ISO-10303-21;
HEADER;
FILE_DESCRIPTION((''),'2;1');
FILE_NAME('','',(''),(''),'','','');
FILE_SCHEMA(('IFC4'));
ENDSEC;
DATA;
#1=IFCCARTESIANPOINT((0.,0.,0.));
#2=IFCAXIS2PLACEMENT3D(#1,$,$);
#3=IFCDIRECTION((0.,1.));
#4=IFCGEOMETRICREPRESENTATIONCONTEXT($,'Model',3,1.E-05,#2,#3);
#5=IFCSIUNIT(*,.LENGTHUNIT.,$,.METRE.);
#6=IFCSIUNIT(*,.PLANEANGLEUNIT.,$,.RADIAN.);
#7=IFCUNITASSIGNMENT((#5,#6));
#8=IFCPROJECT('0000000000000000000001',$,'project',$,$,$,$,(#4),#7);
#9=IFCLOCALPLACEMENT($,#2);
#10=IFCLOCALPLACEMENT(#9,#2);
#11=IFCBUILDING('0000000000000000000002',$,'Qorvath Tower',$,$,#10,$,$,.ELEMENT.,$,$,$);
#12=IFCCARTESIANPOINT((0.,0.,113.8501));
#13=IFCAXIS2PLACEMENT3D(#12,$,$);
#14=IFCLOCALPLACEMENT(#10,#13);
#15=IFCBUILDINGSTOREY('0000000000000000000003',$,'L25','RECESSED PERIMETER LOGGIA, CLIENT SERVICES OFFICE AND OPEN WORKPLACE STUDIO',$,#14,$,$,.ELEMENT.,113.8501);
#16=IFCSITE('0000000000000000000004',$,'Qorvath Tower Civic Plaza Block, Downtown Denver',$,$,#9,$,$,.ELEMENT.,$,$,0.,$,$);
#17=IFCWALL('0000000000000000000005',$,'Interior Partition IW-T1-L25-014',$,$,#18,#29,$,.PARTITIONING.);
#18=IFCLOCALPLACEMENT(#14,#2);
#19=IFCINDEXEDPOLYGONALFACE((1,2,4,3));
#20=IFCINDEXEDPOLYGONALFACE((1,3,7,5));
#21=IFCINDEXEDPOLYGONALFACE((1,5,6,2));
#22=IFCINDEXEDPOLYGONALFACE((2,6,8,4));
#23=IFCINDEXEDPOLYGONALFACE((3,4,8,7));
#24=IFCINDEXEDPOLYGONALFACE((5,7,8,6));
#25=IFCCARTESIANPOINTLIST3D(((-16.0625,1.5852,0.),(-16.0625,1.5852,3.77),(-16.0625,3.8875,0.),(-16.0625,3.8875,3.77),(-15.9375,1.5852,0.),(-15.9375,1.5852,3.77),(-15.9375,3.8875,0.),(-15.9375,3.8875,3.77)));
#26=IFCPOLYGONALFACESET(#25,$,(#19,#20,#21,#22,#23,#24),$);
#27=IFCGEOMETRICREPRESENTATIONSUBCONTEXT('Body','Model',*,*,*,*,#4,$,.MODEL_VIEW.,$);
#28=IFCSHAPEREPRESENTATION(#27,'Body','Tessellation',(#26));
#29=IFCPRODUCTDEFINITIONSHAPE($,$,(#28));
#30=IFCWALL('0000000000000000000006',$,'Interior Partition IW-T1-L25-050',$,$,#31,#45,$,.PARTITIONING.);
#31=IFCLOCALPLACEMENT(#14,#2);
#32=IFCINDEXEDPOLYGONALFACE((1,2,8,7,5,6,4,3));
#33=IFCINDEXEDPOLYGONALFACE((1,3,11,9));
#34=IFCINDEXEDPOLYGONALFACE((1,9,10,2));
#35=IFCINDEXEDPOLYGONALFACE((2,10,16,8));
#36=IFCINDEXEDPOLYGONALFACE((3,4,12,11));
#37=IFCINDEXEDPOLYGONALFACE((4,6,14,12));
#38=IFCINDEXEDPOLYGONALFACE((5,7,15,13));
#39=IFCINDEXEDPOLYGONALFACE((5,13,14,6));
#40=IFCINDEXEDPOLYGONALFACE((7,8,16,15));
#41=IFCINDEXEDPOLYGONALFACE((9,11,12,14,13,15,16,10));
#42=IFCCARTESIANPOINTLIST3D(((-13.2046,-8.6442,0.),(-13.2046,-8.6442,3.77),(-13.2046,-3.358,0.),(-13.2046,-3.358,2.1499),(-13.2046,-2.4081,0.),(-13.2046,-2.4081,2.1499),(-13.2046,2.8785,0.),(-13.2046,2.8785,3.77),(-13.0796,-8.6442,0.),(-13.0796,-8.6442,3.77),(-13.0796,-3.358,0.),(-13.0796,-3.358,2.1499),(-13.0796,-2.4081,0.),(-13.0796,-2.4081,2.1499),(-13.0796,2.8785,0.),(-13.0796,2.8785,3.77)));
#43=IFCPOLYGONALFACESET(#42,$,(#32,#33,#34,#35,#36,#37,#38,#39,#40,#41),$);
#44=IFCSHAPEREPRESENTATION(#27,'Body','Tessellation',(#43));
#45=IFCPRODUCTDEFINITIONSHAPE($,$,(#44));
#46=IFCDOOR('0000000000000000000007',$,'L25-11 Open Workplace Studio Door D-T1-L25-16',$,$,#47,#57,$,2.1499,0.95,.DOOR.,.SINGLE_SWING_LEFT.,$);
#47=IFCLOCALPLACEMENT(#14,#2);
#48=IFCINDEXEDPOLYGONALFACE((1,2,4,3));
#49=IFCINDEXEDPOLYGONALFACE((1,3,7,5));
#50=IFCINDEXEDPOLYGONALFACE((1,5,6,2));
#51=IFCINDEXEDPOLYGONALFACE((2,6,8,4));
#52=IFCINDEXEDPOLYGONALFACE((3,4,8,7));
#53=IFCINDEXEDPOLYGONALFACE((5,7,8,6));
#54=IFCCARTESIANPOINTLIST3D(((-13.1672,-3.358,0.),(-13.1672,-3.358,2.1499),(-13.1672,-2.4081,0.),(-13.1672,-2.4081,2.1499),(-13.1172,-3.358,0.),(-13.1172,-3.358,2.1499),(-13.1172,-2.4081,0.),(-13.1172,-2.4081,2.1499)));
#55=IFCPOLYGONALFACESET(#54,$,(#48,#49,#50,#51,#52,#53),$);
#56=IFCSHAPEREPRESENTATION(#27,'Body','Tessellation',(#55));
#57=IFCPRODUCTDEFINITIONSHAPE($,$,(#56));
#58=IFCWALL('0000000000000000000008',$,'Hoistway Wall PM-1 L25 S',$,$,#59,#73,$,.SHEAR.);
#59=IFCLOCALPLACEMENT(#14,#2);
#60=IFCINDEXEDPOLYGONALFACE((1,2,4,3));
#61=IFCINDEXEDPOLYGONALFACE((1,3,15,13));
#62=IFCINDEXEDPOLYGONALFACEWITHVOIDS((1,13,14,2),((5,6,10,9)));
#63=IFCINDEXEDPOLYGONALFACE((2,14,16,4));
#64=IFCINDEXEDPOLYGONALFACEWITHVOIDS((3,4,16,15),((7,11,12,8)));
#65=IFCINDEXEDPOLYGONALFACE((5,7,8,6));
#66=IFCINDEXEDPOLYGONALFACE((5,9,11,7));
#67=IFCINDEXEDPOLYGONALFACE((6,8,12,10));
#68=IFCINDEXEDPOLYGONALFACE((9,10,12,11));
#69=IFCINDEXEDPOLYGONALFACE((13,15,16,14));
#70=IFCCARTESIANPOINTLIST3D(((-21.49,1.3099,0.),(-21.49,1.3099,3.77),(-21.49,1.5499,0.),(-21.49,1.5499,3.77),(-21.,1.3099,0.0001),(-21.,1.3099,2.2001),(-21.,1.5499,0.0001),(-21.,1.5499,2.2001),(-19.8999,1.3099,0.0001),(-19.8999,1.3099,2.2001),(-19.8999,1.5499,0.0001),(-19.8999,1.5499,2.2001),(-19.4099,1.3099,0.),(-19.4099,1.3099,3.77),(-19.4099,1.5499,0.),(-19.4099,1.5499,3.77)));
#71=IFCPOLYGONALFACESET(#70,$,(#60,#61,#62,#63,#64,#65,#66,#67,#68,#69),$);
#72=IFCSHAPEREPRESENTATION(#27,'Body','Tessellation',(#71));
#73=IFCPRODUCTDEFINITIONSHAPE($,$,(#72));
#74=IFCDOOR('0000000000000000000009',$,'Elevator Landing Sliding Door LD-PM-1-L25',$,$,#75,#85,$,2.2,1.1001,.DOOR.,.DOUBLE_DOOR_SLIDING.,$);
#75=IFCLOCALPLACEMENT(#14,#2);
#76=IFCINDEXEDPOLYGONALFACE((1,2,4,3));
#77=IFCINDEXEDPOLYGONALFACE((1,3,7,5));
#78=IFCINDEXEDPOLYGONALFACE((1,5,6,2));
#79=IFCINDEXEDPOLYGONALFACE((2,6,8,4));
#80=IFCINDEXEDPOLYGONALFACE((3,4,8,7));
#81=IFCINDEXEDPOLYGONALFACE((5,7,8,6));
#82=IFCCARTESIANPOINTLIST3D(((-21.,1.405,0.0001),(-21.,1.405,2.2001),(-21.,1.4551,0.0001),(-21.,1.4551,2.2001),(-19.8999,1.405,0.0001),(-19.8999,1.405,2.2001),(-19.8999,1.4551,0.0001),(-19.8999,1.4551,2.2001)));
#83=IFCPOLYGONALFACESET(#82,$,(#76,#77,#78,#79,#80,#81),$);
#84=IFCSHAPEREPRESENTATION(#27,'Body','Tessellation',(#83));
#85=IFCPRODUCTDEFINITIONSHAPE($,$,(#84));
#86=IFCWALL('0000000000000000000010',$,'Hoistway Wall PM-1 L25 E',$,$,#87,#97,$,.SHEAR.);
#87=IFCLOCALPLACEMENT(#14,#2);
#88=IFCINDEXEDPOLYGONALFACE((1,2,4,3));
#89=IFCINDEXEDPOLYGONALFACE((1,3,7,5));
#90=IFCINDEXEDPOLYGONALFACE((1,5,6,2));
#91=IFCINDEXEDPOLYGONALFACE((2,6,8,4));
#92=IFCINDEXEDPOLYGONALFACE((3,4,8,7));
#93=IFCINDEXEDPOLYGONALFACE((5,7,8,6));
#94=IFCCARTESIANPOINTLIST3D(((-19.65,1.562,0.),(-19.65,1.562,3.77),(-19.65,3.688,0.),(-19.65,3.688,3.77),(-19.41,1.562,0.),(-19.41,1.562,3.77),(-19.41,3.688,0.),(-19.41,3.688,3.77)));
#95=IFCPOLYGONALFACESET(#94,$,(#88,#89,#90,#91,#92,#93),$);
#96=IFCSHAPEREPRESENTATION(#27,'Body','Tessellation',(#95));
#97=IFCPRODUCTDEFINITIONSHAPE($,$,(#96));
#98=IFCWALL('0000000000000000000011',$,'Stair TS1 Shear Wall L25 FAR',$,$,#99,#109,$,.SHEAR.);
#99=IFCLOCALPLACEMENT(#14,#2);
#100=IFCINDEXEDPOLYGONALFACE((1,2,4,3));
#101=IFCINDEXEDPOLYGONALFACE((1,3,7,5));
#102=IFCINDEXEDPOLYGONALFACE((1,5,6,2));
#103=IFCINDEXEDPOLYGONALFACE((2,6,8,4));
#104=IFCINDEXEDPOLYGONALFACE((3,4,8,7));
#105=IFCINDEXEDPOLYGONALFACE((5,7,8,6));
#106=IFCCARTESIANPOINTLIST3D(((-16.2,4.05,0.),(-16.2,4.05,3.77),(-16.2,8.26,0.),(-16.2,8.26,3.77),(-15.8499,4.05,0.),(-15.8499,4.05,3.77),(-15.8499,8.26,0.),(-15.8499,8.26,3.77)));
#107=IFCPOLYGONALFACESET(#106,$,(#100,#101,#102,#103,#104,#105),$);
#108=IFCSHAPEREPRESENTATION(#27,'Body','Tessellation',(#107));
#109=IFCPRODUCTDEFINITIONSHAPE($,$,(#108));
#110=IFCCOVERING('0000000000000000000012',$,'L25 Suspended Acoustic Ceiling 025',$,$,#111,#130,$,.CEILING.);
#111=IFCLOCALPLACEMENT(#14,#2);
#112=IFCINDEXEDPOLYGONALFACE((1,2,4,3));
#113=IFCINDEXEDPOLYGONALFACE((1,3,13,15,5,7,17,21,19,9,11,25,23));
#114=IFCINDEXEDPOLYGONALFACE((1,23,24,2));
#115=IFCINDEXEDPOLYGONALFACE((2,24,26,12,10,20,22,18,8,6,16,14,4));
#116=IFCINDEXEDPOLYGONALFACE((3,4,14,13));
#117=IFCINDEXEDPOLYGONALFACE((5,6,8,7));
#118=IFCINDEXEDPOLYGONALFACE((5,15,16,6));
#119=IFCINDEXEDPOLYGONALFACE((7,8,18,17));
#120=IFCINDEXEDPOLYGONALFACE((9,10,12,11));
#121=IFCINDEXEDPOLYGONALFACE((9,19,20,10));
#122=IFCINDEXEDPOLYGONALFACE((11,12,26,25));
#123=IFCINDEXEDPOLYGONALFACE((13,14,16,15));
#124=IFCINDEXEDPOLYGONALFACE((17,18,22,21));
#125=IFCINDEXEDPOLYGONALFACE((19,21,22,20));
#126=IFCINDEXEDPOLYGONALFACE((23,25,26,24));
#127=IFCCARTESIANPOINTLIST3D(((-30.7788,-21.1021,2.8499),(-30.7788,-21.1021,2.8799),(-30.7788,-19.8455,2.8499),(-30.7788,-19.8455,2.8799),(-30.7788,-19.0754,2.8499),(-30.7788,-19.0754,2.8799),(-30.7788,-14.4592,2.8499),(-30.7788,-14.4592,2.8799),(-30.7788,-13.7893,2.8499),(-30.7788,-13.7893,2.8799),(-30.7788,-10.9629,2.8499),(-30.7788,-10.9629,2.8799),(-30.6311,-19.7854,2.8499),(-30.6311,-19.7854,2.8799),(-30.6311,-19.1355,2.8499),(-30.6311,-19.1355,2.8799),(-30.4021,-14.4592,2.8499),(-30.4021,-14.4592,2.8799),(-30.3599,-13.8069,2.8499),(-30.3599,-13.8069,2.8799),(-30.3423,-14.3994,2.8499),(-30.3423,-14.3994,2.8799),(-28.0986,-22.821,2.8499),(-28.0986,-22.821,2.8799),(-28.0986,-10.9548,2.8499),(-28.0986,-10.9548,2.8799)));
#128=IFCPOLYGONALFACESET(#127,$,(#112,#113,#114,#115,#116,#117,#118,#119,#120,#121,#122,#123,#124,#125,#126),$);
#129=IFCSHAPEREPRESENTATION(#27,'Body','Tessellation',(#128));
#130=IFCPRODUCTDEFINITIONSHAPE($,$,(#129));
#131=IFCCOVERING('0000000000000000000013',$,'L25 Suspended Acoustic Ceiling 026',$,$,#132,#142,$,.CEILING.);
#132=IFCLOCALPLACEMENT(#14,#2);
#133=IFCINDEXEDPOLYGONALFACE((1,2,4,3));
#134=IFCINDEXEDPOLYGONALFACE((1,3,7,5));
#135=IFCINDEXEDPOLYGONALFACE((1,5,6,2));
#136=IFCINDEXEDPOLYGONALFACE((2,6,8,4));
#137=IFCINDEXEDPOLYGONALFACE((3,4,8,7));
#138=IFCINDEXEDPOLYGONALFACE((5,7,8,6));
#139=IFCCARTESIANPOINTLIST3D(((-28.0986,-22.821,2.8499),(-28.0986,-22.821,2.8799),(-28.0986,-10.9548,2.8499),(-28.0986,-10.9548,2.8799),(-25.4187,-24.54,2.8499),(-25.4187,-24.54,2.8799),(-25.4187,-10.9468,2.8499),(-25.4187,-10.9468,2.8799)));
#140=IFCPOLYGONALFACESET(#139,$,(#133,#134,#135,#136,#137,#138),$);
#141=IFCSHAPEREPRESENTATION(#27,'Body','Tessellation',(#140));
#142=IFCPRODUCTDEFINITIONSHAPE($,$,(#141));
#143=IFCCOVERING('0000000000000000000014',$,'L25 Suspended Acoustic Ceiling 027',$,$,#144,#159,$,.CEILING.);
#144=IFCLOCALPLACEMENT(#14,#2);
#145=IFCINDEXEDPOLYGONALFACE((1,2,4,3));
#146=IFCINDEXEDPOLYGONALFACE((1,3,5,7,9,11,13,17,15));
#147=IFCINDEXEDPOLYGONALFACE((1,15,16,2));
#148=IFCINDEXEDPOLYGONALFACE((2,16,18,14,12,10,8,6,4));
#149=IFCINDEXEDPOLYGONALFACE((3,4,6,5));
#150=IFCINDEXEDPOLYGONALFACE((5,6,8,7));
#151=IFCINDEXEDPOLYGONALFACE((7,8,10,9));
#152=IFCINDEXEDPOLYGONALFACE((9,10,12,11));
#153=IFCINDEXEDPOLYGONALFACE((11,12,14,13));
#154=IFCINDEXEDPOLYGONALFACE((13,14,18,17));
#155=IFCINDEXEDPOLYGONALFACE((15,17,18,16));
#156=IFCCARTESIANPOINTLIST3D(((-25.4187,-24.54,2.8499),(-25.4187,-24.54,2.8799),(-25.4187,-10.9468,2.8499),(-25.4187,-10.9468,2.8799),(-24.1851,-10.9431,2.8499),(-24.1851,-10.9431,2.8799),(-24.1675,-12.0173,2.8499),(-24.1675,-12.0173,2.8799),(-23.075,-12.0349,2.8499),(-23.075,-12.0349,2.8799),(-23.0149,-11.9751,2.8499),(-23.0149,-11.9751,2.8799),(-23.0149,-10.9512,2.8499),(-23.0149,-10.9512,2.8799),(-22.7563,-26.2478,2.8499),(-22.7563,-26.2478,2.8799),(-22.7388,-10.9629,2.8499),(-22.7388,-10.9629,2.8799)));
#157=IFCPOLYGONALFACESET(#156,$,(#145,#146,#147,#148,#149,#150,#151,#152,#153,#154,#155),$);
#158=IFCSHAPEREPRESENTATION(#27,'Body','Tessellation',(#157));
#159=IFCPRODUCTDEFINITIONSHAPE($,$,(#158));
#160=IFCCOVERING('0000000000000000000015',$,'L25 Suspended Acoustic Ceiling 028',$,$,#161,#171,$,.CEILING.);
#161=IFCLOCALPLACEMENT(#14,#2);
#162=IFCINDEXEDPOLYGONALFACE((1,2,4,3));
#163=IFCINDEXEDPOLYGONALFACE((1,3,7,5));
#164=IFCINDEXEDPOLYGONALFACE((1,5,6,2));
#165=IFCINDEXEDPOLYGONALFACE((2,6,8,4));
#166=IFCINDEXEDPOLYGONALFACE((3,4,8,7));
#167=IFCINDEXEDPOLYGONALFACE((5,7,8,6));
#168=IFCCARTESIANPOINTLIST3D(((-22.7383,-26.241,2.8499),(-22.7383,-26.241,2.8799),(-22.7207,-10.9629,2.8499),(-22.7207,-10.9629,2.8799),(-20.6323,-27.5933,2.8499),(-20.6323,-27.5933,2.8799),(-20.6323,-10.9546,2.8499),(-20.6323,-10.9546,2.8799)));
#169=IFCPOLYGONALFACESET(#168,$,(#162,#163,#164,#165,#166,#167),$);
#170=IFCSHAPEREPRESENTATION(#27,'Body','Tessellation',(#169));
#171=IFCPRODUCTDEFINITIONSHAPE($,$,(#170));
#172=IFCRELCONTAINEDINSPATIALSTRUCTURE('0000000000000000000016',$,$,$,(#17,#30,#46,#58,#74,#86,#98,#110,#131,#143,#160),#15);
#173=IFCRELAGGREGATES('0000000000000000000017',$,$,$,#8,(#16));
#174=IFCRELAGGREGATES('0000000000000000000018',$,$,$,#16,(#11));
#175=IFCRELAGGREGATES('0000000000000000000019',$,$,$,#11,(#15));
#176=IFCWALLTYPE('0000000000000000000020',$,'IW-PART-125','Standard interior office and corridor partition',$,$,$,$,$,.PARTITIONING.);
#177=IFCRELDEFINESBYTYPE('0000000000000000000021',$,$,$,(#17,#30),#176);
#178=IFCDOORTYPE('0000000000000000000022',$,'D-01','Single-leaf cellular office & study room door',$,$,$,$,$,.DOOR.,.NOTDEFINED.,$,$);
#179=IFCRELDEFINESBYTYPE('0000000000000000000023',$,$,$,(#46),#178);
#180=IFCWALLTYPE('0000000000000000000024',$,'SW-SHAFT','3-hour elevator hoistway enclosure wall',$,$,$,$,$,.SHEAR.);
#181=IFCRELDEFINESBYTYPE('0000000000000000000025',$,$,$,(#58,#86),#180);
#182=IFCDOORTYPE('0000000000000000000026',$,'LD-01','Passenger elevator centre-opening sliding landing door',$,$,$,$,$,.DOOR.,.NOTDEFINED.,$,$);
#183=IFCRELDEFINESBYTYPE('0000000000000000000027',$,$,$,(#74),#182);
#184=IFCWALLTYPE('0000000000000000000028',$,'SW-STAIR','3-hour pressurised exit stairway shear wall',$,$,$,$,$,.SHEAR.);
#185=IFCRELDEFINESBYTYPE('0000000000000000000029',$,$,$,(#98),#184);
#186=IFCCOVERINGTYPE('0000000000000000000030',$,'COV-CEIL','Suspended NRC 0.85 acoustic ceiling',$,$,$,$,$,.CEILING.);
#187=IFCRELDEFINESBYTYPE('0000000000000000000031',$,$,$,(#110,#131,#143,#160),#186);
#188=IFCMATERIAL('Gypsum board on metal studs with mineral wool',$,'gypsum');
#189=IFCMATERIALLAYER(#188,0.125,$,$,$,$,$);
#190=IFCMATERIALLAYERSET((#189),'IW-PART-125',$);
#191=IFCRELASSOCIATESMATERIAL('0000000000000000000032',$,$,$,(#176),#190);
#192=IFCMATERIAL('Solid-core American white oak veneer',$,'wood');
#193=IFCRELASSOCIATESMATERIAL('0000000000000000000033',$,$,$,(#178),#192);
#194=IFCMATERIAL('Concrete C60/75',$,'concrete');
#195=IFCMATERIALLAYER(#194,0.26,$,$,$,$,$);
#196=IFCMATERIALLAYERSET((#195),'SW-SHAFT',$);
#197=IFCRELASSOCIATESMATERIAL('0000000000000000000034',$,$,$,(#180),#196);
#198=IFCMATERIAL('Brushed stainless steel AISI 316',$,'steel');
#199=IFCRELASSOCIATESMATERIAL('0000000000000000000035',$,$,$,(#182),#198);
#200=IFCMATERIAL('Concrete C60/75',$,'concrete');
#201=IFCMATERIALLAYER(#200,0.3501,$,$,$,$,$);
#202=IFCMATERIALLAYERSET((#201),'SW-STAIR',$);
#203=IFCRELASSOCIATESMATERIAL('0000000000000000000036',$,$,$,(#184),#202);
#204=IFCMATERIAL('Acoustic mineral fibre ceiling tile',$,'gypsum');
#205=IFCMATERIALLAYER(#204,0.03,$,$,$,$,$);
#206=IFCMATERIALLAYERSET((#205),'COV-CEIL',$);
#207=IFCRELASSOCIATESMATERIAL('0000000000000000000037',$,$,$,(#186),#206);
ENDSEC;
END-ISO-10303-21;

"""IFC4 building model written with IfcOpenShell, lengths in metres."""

from ifc_helpers import new_model, si_unit, direction, frame, frame_2d, origin, place, context, subcontext, project, spatial, polyline, rectangle, outline, extrude, material, layer, layer_set, type_object, element, fill, save


model = new_model("IFC4")

# Units and contexts
model_context = context("Model", 3, precision=1e-05, world=origin(), true_north=direction((0.0, 1.0)))
body_context = subcontext(model_context, "Body", "Model", "MODEL_VIEW")
ifc_project = project(units=[si_unit("LENGTHUNIT", "METRE"), si_unit("PLANEANGLEUNIT", "RADIAN")], contexts=[model_context])

# Site, building, storey
site_placement = place(None, origin())
site = spatial("IfcSite", under=ifc_project, at=site_placement, Name="Qorvath Tower Civic Plaza Block, Downtown Denver", CompositionType="ELEMENT", RefElevation=0.0)
building_placement = place(site_placement, origin())
building = spatial("IfcBuilding", under=site, at=building_placement, Name="Qorvath Tower", CompositionType="ELEMENT")
storey_placement = place(building_placement, frame((0.0, 0.0, 113.8501)))
storey = spatial("IfcBuildingStorey", under=building, at=storey_placement, Name="L25", Description="RECESSED PERIMETER LOGGIA, CLIENT SERVICES OFFICE AND OPEN WORKPLACE STUDIO", CompositionType="ELEMENT", Elevation=113.8501)

# Shared definitions
ifc_material_1 = material(Name="Gypsum board on metal studs with mineral wool", Category="gypsum")
ifc_layer_1 = layer(ifc_material_1, 0.125)
ifc_layer_set_1 = layer_set([ifc_layer_1], Name="IW-PART-125")
wall_type_1 = type_object("IfcWallType", Name="IW-PART-125", Description="Standard interior office and corridor partition", PredefinedType="PARTITIONING", material=ifc_layer_set_1)
ifc_material_2 = material(Name="Solid-core American white oak veneer", Category="wood")
door_type_1 = type_object("IfcDoorType", Name="D-01", Description="Single-leaf cellular office & study room door", OperationType="NOTDEFINED", PredefinedType="DOOR", material=ifc_material_2)

# Wall
wall_1_placement = place(storey_placement, frame((-16.0, 1.5852, 0.0), z_axis=(0.0, 0.0, 1.0), x_axis=(0.0, 1.0, 0.0)))
element("IfcWall", 1, at=wall_1_placement, inside=storey, type_object=wall_type_1, Name="Interior Partition IW-T1-L25-014", PredefinedType="PARTITIONING", context=body_context, shape_type="SweptSolid", body=[
    extrude(rectangle(XDim=2.3022, YDim=0.125, at=frame_2d((1.1511, 0.0))), origin(), (0.0, 0.0, 1.0), 3.77),
])

# Walls, openings, doors
wall_2_placement = place(storey_placement, frame((-13.1421, 2.8784, 0.0), z_axis=(0.0, 0.0, 1.0), x_axis=(0.0, -1.0, 0.0)))
wall_2 = element("IfcWall", 2, at=wall_2_placement, inside=storey, type_object=wall_type_1, Name="Interior Partition IW-T1-L25-050", PredefinedType="PARTITIONING", context=body_context, shape_type="SweptSolid", body=[
    extrude(rectangle(XDim=11.5227, YDim=0.125, at=frame_2d((5.7612, 0.0))), origin(), (0.0, 0.0, 1.0), 3.77),
])
opening_1_placement = place(wall_2_placement, frame((5.2864, 0.0, 0.0)))
opening_1 = element("IfcOpeningElement", 3, at=opening_1_placement, cuts=wall_2, PredefinedType="OPENING", context=body_context, shape_type="SweptSolid", body=[
    extrude(rectangle(XDim=0.95, YDim=2.1499, at=frame_2d((0.4751, 1.075))), frame((0.0, 0.0725, 0.0), z_axis=(0.0, -1.0, 0.0), x_axis=(1.0, 0.0, 0.0)), (0.0, 0.0, 1.0), 0.145),
])
door_1_placement = place(opening_1_placement, origin())
door_1 = element("IfcDoor", 4, at=door_1_placement, inside=storey, type_object=door_type_1, Name="L25-11 Open Workplace Studio Door D-T1-L25-16", OperationType="SINGLE_SWING_LEFT", OverallHeight=2.1499, OverallWidth=0.95, PredefinedType="DOOR", context=body_context, shape_type="SweptSolid", body=[
    extrude(rectangle(XDim=0.95, YDim=2.1499, at=frame_2d((0.4751, 1.075))), frame((0.0, 0.0249, 0.0), z_axis=(0.0, -1.0, 0.0), x_axis=(1.0, 0.0, 0.0)), (0.0, 0.0, 1.0), 0.05),
])
fill(opening_1, door_1)
ifc_material_3 = material(Name="Concrete C60/75", Category="concrete")
ifc_layer_2 = layer(ifc_material_3, 0.26)
ifc_layer_set_2 = layer_set([ifc_layer_2], Name="SW-SHAFT")
wall_type_2 = type_object("IfcWallType", Name="SW-SHAFT", Description="3-hour elevator hoistway enclosure wall", PredefinedType="SHEAR", material=ifc_layer_set_2)
wall_3_placement = place(storey_placement, frame((-19.4099, 1.4299, 0.0), z_axis=(0.0, 0.0, 1.0), x_axis=(-1.0, 0.0, 0.0)))
wall_3 = element("IfcWall", 5, at=wall_3_placement, inside=storey, type_object=wall_type_2, Name="Hoistway Wall PM-1 L25 S", PredefinedType="SHEAR", context=body_context, shape_type="SweptSolid", body=[
    extrude(rectangle(XDim=2.0801, YDim=0.24, at=frame_2d((1.04, 0.0))), origin(), (0.0, 0.0, 1.0), 3.77),
])
opening_2_placement = place(wall_3_placement, frame((0.49, 0.0, 0.0)))
opening_2 = element("IfcOpeningElement", 6, at=opening_2_placement, cuts=wall_3, PredefinedType="OPENING", context=body_context, shape_type="SweptSolid", body=[
    extrude(rectangle(XDim=1.1001, YDim=2.2, at=frame_2d((0.55, 1.1001))), frame((0.0, 0.1299, 0.0), z_axis=(0.0, -1.0, 0.0), x_axis=(1.0, 0.0, 0.0)), (0.0, 0.0, 1.0), 0.26),
])
ifc_material_4 = material(Name="Brushed stainless steel AISI 316", Category="steel")
door_type_2 = type_object("IfcDoorType", Name="LD-01", Description="Passenger elevator centre-opening sliding landing door", OperationType="NOTDEFINED", PredefinedType="DOOR", material=ifc_material_4)
door_2_placement = place(opening_2_placement, origin())
door_2 = element("IfcDoor", 7, at=door_2_placement, inside=storey, type_object=door_type_2, Name="Elevator Landing Sliding Door LD-PM-1-L25", OperationType="DOUBLE_DOOR_SLIDING", OverallHeight=2.2, OverallWidth=1.1001, PredefinedType="DOOR", context=body_context, shape_type="SweptSolid", body=[
    extrude(rectangle(XDim=1.1001, YDim=2.2, at=frame_2d((0.55, 1.1001))), frame((0.0, 0.0249, 0.0), z_axis=(0.0, -1.0, 0.0), x_axis=(1.0, 0.0, 0.0)), (0.0, 0.0, 1.0), 0.05),
])
fill(opening_2, door_2)

# Walls
wall_4_placement = place(storey_placement, frame((-19.53, 3.688, 0.0), z_axis=(0.0, 0.0, 1.0), x_axis=(0.0, -1.0, 0.0)))
element("IfcWall", 8, at=wall_4_placement, inside=storey, type_object=wall_type_2, Name="Hoistway Wall PM-1 L25 E", PredefinedType="SHEAR", context=body_context, shape_type="SweptSolid", body=[
    extrude(rectangle(XDim=2.126, YDim=0.24, at=frame_2d((1.063, 0.0))), origin(), (0.0, 0.0, 1.0), 3.77),
])
ifc_material_5 = material(Name="Concrete C60/75", Category="concrete")
ifc_layer_3 = layer(ifc_material_5, 0.3501)
ifc_layer_set_3 = layer_set([ifc_layer_3], Name="SW-STAIR")
wall_type_3 = type_object("IfcWallType", Name="SW-STAIR", Description="3-hour pressurised exit stairway shear wall", PredefinedType="SHEAR", material=ifc_layer_set_3)
wall_5_placement = place(storey_placement, frame((-16.0249, 4.05, 0.0), z_axis=(0.0, 0.0, 1.0), x_axis=(0.0, 1.0, 0.0)))
element("IfcWall", 9, at=wall_5_placement, inside=storey, type_object=wall_type_3, Name="Stair TS1 Shear Wall L25 FAR", PredefinedType="SHEAR", context=body_context, shape_type="SweptSolid", body=[
    extrude(rectangle(XDim=4.21, YDim=0.3501, at=frame_2d((2.105, 0.0))), origin(), (0.0, 0.0, 1.0), 3.77),
])

# Coverings
ifc_material_6 = material(Name="Acoustic mineral fibre ceiling tile", Category="gypsum")
ifc_layer_4 = layer(ifc_material_6, 0.03)
ifc_layer_set_4 = layer_set([ifc_layer_4], Name="COV-CEIL")
covering_type_1 = type_object("IfcCoveringType", Name="COV-CEIL", Description="Suspended NRC 0.85 acoustic ceiling", PredefinedType="CEILING", material=ifc_layer_set_4)
covering_1_placement = place(storey_placement, frame((0.0, 0.0, 2.8499)))
element("IfcCovering", 10, at=covering_1_placement, inside=storey, type_object=covering_type_1, Name="L25 Suspended Acoustic Ceiling 025", PredefinedType="CEILING", context=body_context, shape_type="SweptSolid", body=[
    extrude(outline(polyline([(-28.0986, -22.821), (-28.0986, -10.9548), (-30.7788, -10.9629), (-30.7788, -13.7893), (-30.3599, -13.8069), (-30.3423, -14.3994), (-30.4021, -14.4592), (-30.7788, -14.4592), (-30.7788, -19.0754), (-30.6311, -19.1355), (-30.6311, -19.7854), (-30.7788, -19.8455), (-30.7788, -21.1021), (-28.0986, -22.821)])), origin(), (0.0, 0.0, 1.0), 0.03),
])
covering_2_placement = place(storey_placement, frame((0.0, 0.0, 2.8499)))
element("IfcCovering", 11, at=covering_2_placement, inside=storey, type_object=covering_type_1, Name="L25 Suspended Acoustic Ceiling 026", PredefinedType="CEILING", context=body_context, shape_type="SweptSolid", body=[
    extrude(outline(polyline([(-25.4187, -24.54), (-25.4187, -10.9468), (-28.0986, -10.9548), (-28.0986, -22.821), (-25.4187, -24.54)])), origin(), (0.0, 0.0, 1.0), 0.03),
])
covering_3_placement = place(storey_placement, frame((0.0, 0.0, 2.8499)))
element("IfcCovering", 12, at=covering_3_placement, inside=storey, type_object=covering_type_1, Name="L25 Suspended Acoustic Ceiling 027", PredefinedType="CEILING", context=body_context, shape_type="SweptSolid", body=[
    extrude(outline(polyline([(-22.7563, -26.2478), (-22.7388, -10.9629), (-23.0149, -10.9512), (-23.0149, -11.9751), (-23.075, -12.0349), (-24.1675, -12.0173), (-24.1851, -10.9431), (-25.4187, -10.9468), (-25.4187, -24.54), (-22.7563, -26.2478)])), origin(), (0.0, 0.0, 1.0), 0.03),
])
covering_4_placement = place(storey_placement, frame((0.0, 0.0, 2.8499)))
element("IfcCovering", 13, at=covering_4_placement, inside=storey, type_object=covering_type_1, Name="L25 Suspended Acoustic Ceiling 028", PredefinedType="CEILING", context=body_context, shape_type="SweptSolid", body=[
    extrude(outline(polyline([(-20.6323, -27.5933), (-20.6323, -10.9546), (-22.7207, -10.9629), (-22.7383, -26.241), (-20.6323, -27.5933)])), origin(), (0.0, 0.0, 1.0), 0.03),
])

save(model, "model.ifc")
